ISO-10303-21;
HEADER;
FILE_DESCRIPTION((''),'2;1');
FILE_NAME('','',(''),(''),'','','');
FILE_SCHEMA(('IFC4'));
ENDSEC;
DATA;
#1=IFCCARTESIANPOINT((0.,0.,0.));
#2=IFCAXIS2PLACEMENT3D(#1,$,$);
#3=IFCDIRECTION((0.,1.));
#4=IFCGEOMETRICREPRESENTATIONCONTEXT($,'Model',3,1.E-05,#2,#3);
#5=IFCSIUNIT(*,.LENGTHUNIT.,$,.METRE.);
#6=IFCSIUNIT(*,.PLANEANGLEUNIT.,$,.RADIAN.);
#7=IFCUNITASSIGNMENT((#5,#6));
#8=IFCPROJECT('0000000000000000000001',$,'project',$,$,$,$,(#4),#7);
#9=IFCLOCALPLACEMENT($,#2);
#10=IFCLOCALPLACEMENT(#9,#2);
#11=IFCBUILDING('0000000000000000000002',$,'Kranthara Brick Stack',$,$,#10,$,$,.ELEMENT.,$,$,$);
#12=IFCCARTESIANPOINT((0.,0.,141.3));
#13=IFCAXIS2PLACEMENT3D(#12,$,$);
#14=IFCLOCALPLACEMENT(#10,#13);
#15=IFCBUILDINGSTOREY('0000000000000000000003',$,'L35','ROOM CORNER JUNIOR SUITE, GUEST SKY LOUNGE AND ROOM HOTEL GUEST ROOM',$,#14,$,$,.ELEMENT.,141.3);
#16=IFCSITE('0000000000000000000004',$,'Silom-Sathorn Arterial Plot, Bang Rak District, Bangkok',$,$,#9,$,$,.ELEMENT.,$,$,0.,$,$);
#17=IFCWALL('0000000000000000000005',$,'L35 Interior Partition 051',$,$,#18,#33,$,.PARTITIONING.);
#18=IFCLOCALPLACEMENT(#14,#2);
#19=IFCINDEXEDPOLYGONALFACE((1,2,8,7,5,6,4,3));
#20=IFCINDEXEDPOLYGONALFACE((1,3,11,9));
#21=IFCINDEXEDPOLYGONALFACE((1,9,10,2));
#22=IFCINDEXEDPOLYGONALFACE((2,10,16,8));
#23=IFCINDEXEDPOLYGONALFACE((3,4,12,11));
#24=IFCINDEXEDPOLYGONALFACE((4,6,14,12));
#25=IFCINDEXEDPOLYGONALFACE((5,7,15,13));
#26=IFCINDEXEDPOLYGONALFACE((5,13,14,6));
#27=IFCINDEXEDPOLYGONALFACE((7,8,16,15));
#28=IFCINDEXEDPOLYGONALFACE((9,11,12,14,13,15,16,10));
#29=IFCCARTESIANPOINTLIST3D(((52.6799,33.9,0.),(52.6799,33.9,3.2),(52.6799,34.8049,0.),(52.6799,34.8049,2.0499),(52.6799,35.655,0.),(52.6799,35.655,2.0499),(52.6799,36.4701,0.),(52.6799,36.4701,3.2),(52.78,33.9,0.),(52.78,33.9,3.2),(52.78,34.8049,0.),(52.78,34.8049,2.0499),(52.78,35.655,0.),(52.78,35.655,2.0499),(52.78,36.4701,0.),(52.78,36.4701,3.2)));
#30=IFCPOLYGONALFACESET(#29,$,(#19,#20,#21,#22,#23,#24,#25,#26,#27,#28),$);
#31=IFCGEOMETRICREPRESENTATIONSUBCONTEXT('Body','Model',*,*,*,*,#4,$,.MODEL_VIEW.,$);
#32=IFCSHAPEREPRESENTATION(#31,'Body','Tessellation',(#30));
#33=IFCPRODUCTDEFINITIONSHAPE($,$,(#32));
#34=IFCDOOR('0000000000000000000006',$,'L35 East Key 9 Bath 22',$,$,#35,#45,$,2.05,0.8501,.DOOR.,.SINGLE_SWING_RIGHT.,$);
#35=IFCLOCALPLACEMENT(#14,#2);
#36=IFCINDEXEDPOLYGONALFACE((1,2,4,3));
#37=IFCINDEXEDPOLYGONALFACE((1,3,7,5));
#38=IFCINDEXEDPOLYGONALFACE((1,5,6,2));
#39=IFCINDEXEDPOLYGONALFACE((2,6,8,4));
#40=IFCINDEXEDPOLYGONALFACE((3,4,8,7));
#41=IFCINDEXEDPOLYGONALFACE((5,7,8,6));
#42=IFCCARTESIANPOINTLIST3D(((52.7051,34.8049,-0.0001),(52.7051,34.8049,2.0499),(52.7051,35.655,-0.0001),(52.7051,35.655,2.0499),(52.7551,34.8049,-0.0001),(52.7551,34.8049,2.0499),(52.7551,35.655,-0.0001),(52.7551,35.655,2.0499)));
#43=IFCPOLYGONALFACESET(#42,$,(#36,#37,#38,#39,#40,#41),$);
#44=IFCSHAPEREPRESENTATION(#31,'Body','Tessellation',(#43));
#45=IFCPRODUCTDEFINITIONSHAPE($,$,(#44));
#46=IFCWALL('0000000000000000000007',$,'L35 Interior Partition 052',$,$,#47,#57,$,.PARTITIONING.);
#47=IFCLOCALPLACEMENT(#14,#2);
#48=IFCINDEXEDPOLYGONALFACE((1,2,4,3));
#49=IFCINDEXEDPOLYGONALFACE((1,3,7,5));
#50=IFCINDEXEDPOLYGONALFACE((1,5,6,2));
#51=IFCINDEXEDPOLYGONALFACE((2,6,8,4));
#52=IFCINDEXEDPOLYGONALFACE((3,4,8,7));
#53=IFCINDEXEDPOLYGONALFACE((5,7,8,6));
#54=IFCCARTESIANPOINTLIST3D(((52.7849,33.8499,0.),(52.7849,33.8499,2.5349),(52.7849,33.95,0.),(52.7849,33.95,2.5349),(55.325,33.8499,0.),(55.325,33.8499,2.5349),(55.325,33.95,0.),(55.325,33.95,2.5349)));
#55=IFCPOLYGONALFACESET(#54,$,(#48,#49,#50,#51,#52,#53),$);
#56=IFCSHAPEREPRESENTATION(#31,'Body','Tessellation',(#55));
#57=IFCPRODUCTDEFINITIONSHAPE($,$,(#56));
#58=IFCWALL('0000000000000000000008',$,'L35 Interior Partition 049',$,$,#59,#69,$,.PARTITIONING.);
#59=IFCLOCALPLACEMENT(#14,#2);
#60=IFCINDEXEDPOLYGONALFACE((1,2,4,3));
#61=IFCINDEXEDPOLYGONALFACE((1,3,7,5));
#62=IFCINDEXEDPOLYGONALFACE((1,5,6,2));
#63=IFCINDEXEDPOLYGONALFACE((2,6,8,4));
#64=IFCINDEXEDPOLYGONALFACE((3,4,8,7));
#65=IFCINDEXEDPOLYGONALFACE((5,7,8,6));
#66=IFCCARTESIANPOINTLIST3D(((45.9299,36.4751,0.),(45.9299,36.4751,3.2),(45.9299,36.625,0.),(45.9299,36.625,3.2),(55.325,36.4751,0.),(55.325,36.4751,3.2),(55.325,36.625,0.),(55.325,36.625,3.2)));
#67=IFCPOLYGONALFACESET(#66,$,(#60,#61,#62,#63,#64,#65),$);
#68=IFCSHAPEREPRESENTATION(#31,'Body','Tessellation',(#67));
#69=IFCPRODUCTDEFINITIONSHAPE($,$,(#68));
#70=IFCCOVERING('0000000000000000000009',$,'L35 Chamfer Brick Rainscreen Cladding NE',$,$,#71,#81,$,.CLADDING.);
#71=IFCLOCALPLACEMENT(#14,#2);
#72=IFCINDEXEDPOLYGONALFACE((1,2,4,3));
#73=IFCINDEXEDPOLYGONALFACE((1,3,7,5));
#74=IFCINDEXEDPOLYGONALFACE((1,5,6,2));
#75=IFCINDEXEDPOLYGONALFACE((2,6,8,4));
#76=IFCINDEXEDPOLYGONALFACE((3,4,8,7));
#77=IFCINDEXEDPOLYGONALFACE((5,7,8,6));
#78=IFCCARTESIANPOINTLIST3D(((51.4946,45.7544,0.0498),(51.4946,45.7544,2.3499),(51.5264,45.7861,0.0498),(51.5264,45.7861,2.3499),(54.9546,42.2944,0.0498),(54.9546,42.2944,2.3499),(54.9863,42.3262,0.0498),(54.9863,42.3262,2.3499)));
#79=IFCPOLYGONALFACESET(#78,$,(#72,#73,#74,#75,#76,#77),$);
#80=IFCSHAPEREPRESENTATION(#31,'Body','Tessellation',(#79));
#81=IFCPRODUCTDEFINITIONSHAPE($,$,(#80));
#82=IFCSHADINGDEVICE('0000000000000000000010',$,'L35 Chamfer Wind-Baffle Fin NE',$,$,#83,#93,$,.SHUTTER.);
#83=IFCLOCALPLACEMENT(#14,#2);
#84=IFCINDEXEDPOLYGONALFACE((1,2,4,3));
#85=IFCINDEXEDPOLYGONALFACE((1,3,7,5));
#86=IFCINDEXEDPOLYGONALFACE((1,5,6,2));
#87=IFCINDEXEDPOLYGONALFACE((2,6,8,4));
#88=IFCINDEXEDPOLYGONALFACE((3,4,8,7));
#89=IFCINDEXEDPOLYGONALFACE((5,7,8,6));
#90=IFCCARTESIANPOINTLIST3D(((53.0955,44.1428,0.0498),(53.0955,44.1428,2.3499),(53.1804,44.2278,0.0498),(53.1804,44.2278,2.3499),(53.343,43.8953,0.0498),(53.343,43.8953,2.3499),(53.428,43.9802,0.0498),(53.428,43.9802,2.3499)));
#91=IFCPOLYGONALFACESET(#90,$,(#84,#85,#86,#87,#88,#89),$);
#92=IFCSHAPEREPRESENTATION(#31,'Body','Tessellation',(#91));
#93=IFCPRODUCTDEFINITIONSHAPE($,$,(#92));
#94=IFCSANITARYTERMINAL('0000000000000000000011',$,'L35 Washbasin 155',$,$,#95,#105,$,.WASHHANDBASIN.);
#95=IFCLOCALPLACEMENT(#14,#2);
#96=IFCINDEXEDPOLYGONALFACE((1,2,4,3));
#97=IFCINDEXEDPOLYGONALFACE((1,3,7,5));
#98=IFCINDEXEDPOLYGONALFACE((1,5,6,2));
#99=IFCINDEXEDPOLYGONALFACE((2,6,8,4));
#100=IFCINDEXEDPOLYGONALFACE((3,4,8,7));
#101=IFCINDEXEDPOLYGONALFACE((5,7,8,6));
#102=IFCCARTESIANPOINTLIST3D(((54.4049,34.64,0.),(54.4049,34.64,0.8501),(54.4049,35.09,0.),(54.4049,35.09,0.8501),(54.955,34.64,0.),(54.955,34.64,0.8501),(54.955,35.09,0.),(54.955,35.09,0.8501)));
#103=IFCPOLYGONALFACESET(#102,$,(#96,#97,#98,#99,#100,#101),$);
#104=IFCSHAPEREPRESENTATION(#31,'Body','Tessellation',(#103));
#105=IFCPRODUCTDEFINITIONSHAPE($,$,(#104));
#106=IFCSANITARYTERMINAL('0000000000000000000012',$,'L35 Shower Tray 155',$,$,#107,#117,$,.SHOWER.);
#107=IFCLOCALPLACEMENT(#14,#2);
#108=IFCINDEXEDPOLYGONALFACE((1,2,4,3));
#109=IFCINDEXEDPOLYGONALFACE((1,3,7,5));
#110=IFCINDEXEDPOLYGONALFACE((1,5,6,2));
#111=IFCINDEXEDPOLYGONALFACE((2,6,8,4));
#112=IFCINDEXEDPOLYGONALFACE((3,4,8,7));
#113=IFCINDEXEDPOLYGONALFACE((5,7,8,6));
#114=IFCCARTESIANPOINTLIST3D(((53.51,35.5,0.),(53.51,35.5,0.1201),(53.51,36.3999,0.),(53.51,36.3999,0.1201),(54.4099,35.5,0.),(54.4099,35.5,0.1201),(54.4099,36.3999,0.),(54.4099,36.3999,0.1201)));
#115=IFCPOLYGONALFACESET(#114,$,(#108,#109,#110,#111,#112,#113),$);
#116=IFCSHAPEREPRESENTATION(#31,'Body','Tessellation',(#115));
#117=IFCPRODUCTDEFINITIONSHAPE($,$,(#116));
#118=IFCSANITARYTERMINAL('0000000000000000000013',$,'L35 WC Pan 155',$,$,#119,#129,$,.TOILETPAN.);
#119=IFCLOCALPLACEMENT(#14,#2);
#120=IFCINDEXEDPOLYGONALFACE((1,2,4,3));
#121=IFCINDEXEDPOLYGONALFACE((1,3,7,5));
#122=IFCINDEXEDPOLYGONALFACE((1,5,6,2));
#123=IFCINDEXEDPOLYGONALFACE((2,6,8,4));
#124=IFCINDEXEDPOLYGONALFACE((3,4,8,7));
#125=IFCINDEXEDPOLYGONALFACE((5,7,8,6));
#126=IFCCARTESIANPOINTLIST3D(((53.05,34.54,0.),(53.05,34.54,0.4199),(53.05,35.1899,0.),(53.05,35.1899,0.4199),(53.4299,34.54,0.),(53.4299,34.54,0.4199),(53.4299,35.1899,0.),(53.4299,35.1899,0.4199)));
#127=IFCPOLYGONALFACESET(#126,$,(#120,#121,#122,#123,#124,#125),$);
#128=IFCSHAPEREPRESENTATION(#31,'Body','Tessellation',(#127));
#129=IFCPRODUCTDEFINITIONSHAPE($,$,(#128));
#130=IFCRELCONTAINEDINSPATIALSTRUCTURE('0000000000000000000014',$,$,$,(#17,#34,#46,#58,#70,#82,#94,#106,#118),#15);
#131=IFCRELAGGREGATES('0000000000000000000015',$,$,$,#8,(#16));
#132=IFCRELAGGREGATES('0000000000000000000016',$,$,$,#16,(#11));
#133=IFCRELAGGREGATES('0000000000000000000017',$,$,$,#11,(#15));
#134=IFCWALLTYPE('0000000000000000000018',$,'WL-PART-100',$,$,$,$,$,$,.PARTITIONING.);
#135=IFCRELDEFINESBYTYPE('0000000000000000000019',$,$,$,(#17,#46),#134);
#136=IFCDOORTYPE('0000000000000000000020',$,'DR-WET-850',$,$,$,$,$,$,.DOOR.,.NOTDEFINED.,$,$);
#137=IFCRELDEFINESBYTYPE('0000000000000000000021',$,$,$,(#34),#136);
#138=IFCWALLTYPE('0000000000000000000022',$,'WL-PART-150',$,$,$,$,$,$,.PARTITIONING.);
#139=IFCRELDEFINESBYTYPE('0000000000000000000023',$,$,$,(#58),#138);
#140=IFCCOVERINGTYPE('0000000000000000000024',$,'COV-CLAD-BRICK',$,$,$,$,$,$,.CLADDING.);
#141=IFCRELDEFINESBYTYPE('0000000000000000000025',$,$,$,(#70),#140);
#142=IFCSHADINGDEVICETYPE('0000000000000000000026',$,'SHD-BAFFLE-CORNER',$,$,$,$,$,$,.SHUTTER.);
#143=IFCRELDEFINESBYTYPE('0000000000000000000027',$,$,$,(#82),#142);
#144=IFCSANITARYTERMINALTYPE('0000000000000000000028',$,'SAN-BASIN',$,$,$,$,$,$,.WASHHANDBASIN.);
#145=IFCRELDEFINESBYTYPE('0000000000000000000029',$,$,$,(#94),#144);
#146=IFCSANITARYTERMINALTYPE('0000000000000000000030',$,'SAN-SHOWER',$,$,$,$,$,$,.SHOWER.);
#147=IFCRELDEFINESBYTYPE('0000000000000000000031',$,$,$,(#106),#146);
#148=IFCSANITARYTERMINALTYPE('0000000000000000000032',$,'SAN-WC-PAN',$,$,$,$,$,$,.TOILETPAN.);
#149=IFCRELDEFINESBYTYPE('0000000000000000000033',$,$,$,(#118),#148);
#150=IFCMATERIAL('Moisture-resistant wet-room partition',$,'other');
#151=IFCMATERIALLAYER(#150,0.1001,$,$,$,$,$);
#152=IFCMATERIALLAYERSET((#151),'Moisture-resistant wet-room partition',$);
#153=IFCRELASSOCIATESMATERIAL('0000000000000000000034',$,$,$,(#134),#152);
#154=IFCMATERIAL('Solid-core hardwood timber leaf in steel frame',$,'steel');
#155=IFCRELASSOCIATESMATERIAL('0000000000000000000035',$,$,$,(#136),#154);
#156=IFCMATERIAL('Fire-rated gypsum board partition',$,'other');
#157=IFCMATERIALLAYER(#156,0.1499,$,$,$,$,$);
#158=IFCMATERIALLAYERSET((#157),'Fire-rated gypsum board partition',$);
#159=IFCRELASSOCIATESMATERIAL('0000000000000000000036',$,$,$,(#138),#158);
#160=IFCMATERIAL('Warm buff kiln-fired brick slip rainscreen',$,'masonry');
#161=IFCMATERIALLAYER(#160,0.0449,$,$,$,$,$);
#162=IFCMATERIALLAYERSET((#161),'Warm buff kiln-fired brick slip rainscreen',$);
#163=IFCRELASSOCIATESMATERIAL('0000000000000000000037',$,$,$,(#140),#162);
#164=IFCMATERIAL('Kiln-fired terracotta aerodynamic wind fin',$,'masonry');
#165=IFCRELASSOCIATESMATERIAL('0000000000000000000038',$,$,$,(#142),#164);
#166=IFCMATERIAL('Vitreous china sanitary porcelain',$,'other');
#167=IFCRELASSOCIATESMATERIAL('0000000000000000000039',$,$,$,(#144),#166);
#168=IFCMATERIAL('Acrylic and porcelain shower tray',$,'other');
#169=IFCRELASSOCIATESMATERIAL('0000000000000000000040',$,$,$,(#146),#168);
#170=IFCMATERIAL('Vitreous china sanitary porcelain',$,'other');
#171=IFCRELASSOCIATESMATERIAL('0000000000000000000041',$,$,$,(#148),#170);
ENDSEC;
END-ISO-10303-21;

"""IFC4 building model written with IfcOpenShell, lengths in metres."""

from ifc_helpers import new_model, si_unit, direction, frame, frame_2d, origin, origin_2d, place, context, subcontext, project, spatial, rectangle, extrude, material, layer, layer_set, type_object, element, fill, save


model = new_model("IFC4")

# Units and contexts
model_context = context("Model", 3, precision=1e-05, world=origin(), true_north=direction((0.0, 1.0)))
body_context = subcontext(model_context, "Body", "Model", "MODEL_VIEW")
ifc_project = project(units=[si_unit("LENGTHUNIT", "METRE"), si_unit("PLANEANGLEUNIT", "RADIAN")], contexts=[model_context])

# Site, building, storey
site_placement = place(None, origin())
site = spatial("IfcSite", under=ifc_project, at=site_placement, Name="Silom-Sathorn Arterial Plot, Bang Rak District, Bangkok", CompositionType="ELEMENT", RefElevation=0.0)
building_placement = place(site_placement, origin())
building = spatial("IfcBuilding", under=site, at=building_placement, Name="Kranthara Brick Stack", CompositionType="ELEMENT")
storey_placement = place(building_placement, frame((0.0, 0.0, 141.3)))
storey = spatial("IfcBuildingStorey", under=building, at=storey_placement, Name="L35", Description="ROOM CORNER JUNIOR SUITE, GUEST SKY LOUNGE AND ROOM HOTEL GUEST ROOM", CompositionType="ELEMENT", Elevation=141.3)

# Wall, opening, door
ifc_material_1 = material(Name="Moisture-resistant wet-room partition", Category="other")
ifc_layer_1 = layer(ifc_material_1, 0.1001)
ifc_layer_set_1 = layer_set([ifc_layer_1], Name="Moisture-resistant wet-room partition")
wall_type_1 = type_object("IfcWallType", Name="WL-PART-100", PredefinedType="PARTITIONING", material=ifc_layer_set_1)
wall_1_placement = place(storey_placement, frame((52.73, 33.8999, 0.0), z_axis=(0.0, 0.0, 1.0), x_axis=(0.0, 1.0, 0.0)))
wall_1 = element("IfcWall", 1, at=wall_1_placement, inside=storey, type_object=wall_type_1, Name="L35 Interior Partition 051", PredefinedType="PARTITIONING", context=body_context, shape_type="SweptSolid", body=[
    extrude(rectangle(XDim=2.5701, YDim=0.1001, at=frame_2d((1.2852, 0.0))), origin(), (0.0, 0.0, 1.0), 3.2),
])
opening_1_placement = place(wall_1_placement, frame((0.905, 0.0, 0.0)))
opening_1 = element("IfcOpeningElement", 2, at=opening_1_placement, cuts=wall_1, PredefinedType="OPENING", context=body_context, shape_type="SweptSolid", body=[
    extrude(rectangle(XDim=0.8501, YDim=2.05, at=frame_2d((0.425, 1.0249))), frame((0.0, 0.0601, 0.0), z_axis=(0.0, -1.0, 0.0), x_axis=(1.0, 0.0, 0.0)), (0.0, 0.0, 1.0), 0.1201),
])
ifc_material_2 = material(Name="Solid-core hardwood timber leaf in steel frame", Category="steel")
door_type = type_object("IfcDoorType", Name="DR-WET-850", OperationType="NOTDEFINED", PredefinedType="DOOR", material=ifc_material_2)
door_placement = place(opening_1_placement, origin())
door = element("IfcDoor", 3, at=door_placement, inside=storey, type_object=door_type, Name="L35 East Key 9 Bath 22", OperationType="SINGLE_SWING_RIGHT", OverallHeight=2.05, OverallWidth=0.8501, PredefinedType="DOOR", context=body_context, shape_type="SweptSolid", body=[
    extrude(rectangle(XDim=0.8501, YDim=2.05, at=frame_2d((0.425, 1.0249))), frame((0.0, 0.0249, 0.0), z_axis=(0.0, -1.0, 0.0), x_axis=(1.0, 0.0, 0.0)), (0.0, 0.0, 1.0), 0.05),
])
fill(opening_1, door)

# Walls
wall_2_placement = place(storey_placement, frame((52.7849, 33.8999, 0.0), z_axis=(0.0, 0.0, 1.0), x_axis=(1.0, 0.0, 0.0)))
element("IfcWall", 4, at=wall_2_placement, inside=storey, type_object=wall_type_1, Name="L35 Interior Partition 052", PredefinedType="PARTITIONING", context=body_context, shape_type="SweptSolid", body=[
    extrude(rectangle(XDim=2.54, YDim=0.1001, at=frame_2d((1.27, 0.0))), origin(), (0.0, 0.0, 1.0), 2.5349),
])
ifc_material_3 = material(Name="Fire-rated gypsum board partition", Category="other")
ifc_layer_2 = layer(ifc_material_3, 0.1499)
ifc_layer_set_2 = layer_set([ifc_layer_2], Name="Fire-rated gypsum board partition")
wall_type_2 = type_object("IfcWallType", Name="WL-PART-150", PredefinedType="PARTITIONING", material=ifc_layer_set_2)
wall_3_placement = place(storey_placement, frame((45.9299, 36.55, 0.0), z_axis=(0.0, 0.0, 1.0), x_axis=(1.0, 0.0, 0.0)))
element("IfcWall", 5, at=wall_3_placement, inside=storey, type_object=wall_type_2, Name="L35 Interior Partition 049", PredefinedType="PARTITIONING", context=body_context, shape_type="SweptSolid", body=[
    extrude(rectangle(XDim=9.395, YDim=0.1499, at=frame_2d((4.6975, 0.0))), origin(), (0.0, 0.0, 1.0), 3.2),
])

# Covering
ifc_material_4 = material(Name="Warm buff kiln-fired brick slip rainscreen", Category="masonry")
ifc_layer_3 = layer(ifc_material_4, 0.0449)
ifc_layer_set_3 = layer_set([ifc_layer_3], Name="Warm buff kiln-fired brick slip rainscreen")
covering_type = type_object("IfcCoveringType", Name="COV-CLAD-BRICK", PredefinedType="CLADDING", material=ifc_layer_set_3)
covering_placement = place(storey_placement, frame((53.2405, 44.0403, 0.0498), z_axis=(0.0, 0.0, 1.0), x_axis=(0.707107, -0.707107, 0.0)))
element("IfcCovering", 6, at=covering_placement, inside=storey, type_object=covering_type, Name="L35 Chamfer Brick Rainscreen Cladding NE", PredefinedType="CLADDING", context=body_context, shape_type="SweptSolid", body=[
    extrude(rectangle(XDim=4.8931, YDim=0.0449, at=origin_2d()), origin(), (0.0, 0.0, 1.0), 2.3),
])

# Shading device
ifc_material_5 = material(Name="Kiln-fired terracotta aerodynamic wind fin", Category="masonry")
shading_device_type = type_object("IfcShadingDeviceType", Name="SHD-BAFFLE-CORNER", PredefinedType="SHUTTER", material=ifc_material_5)
shading_device_placement = place(storey_placement, frame((53.2617, 44.0615, 0.0498), z_axis=(0.0, 0.0, 1.0), x_axis=(0.707107, -0.707107, 0.0)))
element("IfcShadingDevice", 7, at=shading_device_placement, inside=storey, type_object=shading_device_type, Name="L35 Chamfer Wind-Baffle Fin NE", PredefinedType="SHUTTER", context=body_context, shape_type="SweptSolid", body=[
    extrude(rectangle(XDim=0.3501, YDim=0.1201, at=origin_2d()), origin(), (0.0, 0.0, 1.0), 2.3),
])

# Sanitary terminals
ifc_material_6 = material(Name="Vitreous china sanitary porcelain", Category="other")
sanitary_terminal_type_1 = type_object("IfcSanitaryTerminalType", Name="SAN-BASIN", PredefinedType="WASHHANDBASIN", material=ifc_material_6)
sanitary_terminal_1_placement = place(storey_placement, frame((54.6799, 34.865, 0.0), z_axis=(0.0, 0.0, 1.0), x_axis=(1.0, 0.0, 0.0)))
element("IfcSanitaryTerminal", 8, at=sanitary_terminal_1_placement, inside=storey, type_object=sanitary_terminal_type_1, Name="L35 Washbasin 155", PredefinedType="WASHHANDBASIN", context=body_context, shape_type="SweptSolid", body=[
    extrude(rectangle(XDim=0.55, YDim=0.45, at=origin_2d()), origin(), (0.0, 0.0, 1.0), 0.8501),
])
ifc_material_7 = material(Name="Acrylic and porcelain shower tray", Category="other")
sanitary_terminal_type_2 = type_object("IfcSanitaryTerminalType", Name="SAN-SHOWER", PredefinedType="SHOWER", material=ifc_material_7)
sanitary_terminal_2_placement = place(storey_placement, frame((53.96, 35.95, 0.0), z_axis=(0.0, 0.0, 1.0), x_axis=(1.0, 0.0, 0.0)))
element("IfcSanitaryTerminal", 9, at=sanitary_terminal_2_placement, inside=storey, type_object=sanitary_terminal_type_2, Name="L35 Shower Tray 155", PredefinedType="SHOWER", context=body_context, shape_type="SweptSolid", body=[
    extrude(rectangle(XDim=0.8999, YDim=0.8999, at=origin_2d()), origin(), (0.0, 0.0, 1.0), 0.1201),
])
ifc_material_8 = material(Name="Vitreous china sanitary porcelain", Category="other")
sanitary_terminal_type_3 = type_object("IfcSanitaryTerminalType", Name="SAN-WC-PAN", PredefinedType="TOILETPAN", material=ifc_material_8)
sanitary_terminal_3_placement = place(storey_placement, frame((53.24, 34.865, 0.0), z_axis=(0.0, 0.0, 1.0), x_axis=(1.0, 0.0, 0.0)))
element("IfcSanitaryTerminal", 10, at=sanitary_terminal_3_placement, inside=storey, type_object=sanitary_terminal_type_3, Name="L35 WC Pan 155", PredefinedType="TOILETPAN", context=body_context, shape_type="SweptSolid", body=[
    extrude(rectangle(XDim=0.3799, YDim=0.6499, at=origin_2d()), origin(), (0.0, 0.0, 1.0), 0.4199),
])

save(model, "model.ifc")
